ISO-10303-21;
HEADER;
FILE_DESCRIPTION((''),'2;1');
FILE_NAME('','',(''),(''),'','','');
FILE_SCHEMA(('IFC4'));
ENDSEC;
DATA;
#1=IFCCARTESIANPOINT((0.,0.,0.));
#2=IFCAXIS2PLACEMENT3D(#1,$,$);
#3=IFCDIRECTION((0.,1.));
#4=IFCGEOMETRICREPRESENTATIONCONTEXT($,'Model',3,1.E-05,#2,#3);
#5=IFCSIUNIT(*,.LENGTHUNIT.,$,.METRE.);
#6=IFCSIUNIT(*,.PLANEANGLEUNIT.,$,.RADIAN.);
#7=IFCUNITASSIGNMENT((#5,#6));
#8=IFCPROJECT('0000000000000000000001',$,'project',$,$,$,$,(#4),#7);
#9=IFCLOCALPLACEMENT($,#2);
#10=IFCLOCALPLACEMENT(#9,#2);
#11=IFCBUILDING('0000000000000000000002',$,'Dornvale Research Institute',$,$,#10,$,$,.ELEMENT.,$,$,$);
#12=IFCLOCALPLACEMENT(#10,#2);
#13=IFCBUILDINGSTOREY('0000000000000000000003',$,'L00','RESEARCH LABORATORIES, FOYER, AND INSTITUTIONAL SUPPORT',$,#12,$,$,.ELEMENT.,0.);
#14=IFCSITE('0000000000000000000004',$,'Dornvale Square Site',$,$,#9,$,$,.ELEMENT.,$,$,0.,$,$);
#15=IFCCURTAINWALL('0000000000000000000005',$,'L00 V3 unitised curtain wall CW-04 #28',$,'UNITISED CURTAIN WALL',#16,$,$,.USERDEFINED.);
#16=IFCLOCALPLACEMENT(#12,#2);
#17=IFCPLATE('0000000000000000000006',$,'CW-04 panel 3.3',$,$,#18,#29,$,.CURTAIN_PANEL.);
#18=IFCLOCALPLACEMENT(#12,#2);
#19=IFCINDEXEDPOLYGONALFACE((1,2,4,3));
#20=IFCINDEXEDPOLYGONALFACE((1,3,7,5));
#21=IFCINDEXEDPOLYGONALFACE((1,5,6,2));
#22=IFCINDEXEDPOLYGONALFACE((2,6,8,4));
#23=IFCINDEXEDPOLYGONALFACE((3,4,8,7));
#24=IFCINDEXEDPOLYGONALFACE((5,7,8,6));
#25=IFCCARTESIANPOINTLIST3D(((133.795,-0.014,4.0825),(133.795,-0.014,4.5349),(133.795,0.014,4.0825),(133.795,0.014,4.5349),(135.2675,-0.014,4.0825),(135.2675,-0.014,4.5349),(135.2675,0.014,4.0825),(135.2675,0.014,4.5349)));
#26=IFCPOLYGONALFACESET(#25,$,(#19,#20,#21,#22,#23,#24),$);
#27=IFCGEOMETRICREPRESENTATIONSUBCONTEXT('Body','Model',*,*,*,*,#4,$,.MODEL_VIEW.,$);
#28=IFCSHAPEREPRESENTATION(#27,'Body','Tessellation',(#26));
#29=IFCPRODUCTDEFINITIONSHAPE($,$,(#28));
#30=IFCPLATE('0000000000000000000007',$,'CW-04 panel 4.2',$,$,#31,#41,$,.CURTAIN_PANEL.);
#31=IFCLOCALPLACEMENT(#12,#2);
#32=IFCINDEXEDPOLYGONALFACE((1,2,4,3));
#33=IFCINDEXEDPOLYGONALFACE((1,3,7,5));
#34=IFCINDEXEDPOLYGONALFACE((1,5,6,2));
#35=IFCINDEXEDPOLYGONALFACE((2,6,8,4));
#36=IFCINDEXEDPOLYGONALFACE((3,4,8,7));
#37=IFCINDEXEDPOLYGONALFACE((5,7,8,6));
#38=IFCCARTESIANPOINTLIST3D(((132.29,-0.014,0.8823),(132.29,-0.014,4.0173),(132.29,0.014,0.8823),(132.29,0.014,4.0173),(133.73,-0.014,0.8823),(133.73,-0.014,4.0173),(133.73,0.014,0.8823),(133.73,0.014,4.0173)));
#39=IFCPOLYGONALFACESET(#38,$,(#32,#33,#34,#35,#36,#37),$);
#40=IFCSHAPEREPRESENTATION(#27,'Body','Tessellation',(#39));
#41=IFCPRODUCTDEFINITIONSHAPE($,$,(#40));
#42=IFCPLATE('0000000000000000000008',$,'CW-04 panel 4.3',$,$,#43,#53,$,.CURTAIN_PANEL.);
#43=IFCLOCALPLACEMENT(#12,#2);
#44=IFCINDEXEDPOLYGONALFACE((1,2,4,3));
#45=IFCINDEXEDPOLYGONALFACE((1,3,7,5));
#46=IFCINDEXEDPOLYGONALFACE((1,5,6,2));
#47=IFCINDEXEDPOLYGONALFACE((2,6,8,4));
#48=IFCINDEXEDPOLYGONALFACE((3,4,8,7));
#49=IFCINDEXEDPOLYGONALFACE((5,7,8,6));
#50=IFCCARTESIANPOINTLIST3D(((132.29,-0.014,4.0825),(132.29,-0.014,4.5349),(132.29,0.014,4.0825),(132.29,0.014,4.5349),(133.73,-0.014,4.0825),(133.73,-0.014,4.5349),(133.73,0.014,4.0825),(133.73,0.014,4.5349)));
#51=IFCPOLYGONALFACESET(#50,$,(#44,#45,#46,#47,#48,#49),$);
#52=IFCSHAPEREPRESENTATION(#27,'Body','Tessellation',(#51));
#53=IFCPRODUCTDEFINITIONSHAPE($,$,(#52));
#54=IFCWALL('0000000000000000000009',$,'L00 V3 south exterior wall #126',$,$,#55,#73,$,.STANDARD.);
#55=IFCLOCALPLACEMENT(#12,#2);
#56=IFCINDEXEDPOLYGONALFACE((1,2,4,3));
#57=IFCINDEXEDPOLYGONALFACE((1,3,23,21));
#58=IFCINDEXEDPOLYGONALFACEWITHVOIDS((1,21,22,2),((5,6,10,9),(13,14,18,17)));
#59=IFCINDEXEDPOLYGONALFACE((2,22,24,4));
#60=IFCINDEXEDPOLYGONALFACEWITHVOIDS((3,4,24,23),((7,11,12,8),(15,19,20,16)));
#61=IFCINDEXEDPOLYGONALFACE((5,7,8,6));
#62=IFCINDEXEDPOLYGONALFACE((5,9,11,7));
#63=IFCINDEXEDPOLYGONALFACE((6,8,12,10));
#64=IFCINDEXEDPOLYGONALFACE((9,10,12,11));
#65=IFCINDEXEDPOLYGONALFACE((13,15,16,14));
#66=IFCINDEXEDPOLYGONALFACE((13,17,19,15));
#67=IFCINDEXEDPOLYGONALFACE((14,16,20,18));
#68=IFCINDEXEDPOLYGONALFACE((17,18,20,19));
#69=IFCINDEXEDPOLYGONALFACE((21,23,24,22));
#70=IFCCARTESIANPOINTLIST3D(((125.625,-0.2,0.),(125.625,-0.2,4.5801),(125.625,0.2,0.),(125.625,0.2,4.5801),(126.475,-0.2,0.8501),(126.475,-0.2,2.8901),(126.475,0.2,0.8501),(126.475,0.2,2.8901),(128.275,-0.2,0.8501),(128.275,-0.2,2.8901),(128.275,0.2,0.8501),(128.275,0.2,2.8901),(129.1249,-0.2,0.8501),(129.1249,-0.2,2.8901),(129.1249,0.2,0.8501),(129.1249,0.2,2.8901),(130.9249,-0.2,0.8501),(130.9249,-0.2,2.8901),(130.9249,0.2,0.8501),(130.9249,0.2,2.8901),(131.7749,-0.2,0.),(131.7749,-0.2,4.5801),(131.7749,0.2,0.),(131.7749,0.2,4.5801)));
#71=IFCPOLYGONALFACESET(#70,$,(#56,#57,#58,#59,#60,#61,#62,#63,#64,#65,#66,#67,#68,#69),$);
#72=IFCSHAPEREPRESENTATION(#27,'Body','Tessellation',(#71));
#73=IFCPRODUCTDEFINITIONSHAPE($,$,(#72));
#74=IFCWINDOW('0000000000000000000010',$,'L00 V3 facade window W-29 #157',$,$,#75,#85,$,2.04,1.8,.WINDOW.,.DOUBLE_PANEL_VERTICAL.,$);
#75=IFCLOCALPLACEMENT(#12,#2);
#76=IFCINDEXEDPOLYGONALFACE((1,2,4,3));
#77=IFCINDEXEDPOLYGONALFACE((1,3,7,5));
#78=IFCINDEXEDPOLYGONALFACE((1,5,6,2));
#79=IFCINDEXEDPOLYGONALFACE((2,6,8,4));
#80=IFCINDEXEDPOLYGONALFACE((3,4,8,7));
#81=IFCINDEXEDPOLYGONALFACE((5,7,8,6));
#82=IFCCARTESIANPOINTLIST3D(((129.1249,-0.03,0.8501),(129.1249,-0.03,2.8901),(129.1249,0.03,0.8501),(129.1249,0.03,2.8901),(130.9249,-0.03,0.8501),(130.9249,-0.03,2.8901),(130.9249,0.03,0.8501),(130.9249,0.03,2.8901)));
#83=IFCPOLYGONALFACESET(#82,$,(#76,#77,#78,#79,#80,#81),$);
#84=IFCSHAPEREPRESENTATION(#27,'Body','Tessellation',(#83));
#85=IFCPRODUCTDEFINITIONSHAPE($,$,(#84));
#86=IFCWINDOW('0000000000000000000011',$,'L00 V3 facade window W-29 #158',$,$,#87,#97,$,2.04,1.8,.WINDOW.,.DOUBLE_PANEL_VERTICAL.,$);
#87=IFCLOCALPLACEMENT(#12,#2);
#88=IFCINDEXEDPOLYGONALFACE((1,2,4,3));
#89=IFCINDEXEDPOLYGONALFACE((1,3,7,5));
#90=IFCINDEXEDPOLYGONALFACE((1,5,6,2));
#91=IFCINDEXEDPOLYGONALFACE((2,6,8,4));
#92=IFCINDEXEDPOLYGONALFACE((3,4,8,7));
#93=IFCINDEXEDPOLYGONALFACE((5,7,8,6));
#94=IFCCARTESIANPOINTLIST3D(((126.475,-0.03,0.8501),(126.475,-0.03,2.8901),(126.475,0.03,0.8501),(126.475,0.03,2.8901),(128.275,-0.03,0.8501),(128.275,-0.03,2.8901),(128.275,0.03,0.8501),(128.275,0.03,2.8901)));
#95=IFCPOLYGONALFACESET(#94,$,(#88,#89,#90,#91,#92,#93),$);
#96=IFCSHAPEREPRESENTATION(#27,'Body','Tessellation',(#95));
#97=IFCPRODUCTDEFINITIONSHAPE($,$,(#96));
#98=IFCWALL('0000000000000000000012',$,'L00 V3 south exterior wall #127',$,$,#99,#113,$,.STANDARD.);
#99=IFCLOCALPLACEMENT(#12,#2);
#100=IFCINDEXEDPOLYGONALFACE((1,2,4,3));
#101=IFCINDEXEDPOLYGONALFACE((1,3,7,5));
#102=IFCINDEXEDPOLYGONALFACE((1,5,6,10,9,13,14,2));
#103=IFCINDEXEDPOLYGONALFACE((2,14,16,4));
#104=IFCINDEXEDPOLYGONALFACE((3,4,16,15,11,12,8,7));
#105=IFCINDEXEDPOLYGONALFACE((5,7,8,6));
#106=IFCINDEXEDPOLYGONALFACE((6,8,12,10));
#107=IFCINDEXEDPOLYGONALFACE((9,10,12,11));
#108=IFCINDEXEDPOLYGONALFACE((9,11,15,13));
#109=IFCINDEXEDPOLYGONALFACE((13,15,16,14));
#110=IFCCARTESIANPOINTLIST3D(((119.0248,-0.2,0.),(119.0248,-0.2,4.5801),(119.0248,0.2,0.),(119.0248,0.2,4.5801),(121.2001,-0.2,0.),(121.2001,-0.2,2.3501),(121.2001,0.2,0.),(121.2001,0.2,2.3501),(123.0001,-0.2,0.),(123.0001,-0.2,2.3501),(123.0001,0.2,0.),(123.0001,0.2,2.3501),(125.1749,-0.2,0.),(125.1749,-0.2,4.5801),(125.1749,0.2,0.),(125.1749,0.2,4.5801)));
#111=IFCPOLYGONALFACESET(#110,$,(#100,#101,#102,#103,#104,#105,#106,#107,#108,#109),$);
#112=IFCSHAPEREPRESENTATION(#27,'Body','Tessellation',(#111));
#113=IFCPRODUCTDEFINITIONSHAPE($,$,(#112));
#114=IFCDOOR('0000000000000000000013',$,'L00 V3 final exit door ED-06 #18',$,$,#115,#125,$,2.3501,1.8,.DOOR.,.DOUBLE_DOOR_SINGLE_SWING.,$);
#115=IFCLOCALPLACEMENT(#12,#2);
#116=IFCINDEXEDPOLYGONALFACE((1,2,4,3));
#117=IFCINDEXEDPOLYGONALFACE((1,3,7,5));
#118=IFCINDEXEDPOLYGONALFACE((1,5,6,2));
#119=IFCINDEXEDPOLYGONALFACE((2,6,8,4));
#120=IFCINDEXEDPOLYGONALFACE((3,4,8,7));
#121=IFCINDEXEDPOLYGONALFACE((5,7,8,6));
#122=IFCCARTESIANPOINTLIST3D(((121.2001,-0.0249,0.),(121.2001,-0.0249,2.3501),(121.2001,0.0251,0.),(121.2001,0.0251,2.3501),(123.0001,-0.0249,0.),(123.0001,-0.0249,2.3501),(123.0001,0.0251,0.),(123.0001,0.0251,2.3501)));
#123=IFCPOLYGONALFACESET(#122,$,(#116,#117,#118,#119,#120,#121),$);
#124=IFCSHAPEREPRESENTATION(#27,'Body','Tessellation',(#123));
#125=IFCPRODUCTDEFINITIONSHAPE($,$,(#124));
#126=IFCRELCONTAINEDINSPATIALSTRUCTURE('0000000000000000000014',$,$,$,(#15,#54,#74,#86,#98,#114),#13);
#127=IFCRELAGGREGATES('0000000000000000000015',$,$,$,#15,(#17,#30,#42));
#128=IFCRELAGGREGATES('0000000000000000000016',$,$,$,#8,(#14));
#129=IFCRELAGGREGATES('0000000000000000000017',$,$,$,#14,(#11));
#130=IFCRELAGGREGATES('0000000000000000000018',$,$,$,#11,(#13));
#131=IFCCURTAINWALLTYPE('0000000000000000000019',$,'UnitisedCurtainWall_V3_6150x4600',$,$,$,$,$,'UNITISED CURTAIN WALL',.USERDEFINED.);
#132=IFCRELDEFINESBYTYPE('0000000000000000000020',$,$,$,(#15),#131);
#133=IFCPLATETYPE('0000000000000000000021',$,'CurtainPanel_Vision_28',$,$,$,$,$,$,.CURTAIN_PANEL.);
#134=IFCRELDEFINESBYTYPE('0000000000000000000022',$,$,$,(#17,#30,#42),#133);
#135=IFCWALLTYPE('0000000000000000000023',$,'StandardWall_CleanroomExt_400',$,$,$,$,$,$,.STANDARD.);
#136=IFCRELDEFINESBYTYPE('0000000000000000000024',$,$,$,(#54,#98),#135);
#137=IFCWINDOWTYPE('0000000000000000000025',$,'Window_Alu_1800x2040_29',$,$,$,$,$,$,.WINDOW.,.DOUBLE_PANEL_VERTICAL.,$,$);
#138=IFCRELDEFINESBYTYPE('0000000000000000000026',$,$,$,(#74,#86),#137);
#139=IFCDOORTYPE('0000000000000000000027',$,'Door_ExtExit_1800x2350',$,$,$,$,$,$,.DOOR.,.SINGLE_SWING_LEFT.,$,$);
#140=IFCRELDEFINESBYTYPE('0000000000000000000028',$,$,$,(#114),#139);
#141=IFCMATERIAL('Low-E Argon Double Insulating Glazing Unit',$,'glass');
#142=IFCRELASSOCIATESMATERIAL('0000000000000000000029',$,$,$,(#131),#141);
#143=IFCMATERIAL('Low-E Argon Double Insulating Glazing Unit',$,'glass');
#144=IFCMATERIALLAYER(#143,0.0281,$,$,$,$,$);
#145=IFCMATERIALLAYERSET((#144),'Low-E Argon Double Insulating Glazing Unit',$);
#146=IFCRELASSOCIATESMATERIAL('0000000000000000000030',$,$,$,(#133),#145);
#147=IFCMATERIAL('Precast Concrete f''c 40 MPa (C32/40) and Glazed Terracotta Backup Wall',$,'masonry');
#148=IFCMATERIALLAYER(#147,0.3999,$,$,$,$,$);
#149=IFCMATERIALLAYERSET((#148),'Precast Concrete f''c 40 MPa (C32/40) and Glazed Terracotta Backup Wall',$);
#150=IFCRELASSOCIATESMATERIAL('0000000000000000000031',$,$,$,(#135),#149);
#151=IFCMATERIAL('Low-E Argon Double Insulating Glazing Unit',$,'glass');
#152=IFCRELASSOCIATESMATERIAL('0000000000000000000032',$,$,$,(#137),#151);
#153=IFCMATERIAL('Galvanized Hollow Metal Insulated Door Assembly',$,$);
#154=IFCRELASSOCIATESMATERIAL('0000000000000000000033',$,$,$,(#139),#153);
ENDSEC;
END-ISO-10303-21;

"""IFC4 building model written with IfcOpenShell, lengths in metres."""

from ifc_helpers import new_model, si_unit, direction, frame, frame_2d, origin, origin_2d, place, context, subcontext, project, spatial, rectangle, extrude, material, layer, layer_set, type_object, element, fill, aggregate, save


model = new_model("IFC4")

# Units and contexts
model_context = context("Model", 3, precision=1e-05, world=origin(), true_north=direction((0.0, 1.0)))
body_context = subcontext(model_context, "Body", "Model", "MODEL_VIEW")
ifc_project = project(units=[si_unit("LENGTHUNIT", "METRE"), si_unit("PLANEANGLEUNIT", "RADIAN")], contexts=[model_context])

# Site, building, storey
site_placement = place(None, origin())
site = spatial("IfcSite", under=ifc_project, at=site_placement, Name="Dornvale Square Site", CompositionType="ELEMENT", RefElevation=0.0)
building_placement = place(site_placement, origin())
building = spatial("IfcBuilding", under=site, at=building_placement, Name="Dornvale Research Institute", CompositionType="ELEMENT")
storey_placement = place(building_placement, origin())
storey = spatial("IfcBuildingStorey", under=building, at=storey_placement, Name="L00", Description="RESEARCH LABORATORIES, FOYER, AND INSTITUTIONAL SUPPORT", CompositionType="ELEMENT", Elevation=0.0)

# Curtain wall, plates
ifc_material_1 = material(Name="Low-E Argon Double Insulating Glazing Unit", Category="glass")
curtain_wall_type = type_object("IfcCurtainWallType", Name="UnitisedCurtainWall_V3_6150x4600", ElementType="UNITISED CURTAIN WALL", PredefinedType="USERDEFINED", material=ifc_material_1)
curtain_wall_placement = place(storey_placement, origin())
curtain_wall = element("IfcCurtainWall", 1, at=curtain_wall_placement, inside=storey, type_object=curtain_wall_type, Name="L00 V3 unitised curtain wall CW-04 #28", ObjectType="UNITISED CURTAIN WALL", PredefinedType="USERDEFINED")
ifc_material_2 = material(Name="Low-E Argon Double Insulating Glazing Unit", Category="glass")
ifc_layer_1 = layer(ifc_material_2, 0.0281)
ifc_layer_set_1 = layer_set([ifc_layer_1], Name="Low-E Argon Double Insulating Glazing Unit")
plate_type_1 = type_object("IfcPlateType", Name="CurtainPanel_Vision_28", PredefinedType="CURTAIN_PANEL", material=ifc_layer_set_1)
plate_1_placement = place(storey_placement, frame((134.5312, 0.0, 4.0825), z_axis=(0.0, 0.0, 1.0), x_axis=(-1.0, 0.0, 0.0)))
plate_1 = element("IfcPlate", 2, at=plate_1_placement, type_object=plate_type_1, Name="CW-04 panel 3.3", PredefinedType="CURTAIN_PANEL", context=body_context, shape_type="SweptSolid", body=[
    extrude(rectangle(XDim=1.4724, YDim=0.0281, at=origin_2d()), origin(), (0.0, 0.0, 1.0), 0.4524),
])
plate_2_placement = place(storey_placement, frame((133.01, 0.0, 0.8823), z_axis=(0.0, 0.0, 1.0), x_axis=(-1.0, 0.0, 0.0)))
plate_2 = element("IfcPlate", 3, at=plate_2_placement, type_object=plate_type_1, Name="CW-04 panel 4.2", PredefinedType="CURTAIN_PANEL", context=body_context, shape_type="SweptSolid", body=[
    extrude(rectangle(XDim=1.4399, YDim=0.0281, at=origin_2d()), origin(), (0.0, 0.0, 1.0), 3.135),
])
plate_3_placement = place(storey_placement, frame((133.01, 0.0, 4.0825), z_axis=(0.0, 0.0, 1.0), x_axis=(-1.0, 0.0, 0.0)))
plate_3 = element("IfcPlate", 4, at=plate_3_placement, type_object=plate_type_1, Name="CW-04 panel 4.3", PredefinedType="CURTAIN_PANEL", context=body_context, shape_type="SweptSolid", body=[
    extrude(rectangle(XDim=1.4399, YDim=0.0281, at=origin_2d()), origin(), (0.0, 0.0, 1.0), 0.4524),
])
aggregate(curtain_wall, [plate_1, plate_2, plate_3])

# Wall, openings, windows
ifc_material_3 = material(Name="Precast Concrete f'c 40 MPa (C32/40) and Glazed Terracotta Backup Wall", Category="masonry")
ifc_layer_2 = layer(ifc_material_3, 0.3999)
ifc_layer_set_2 = layer_set([ifc_layer_2], Name="Precast Concrete f'c 40 MPa (C32/40) and Glazed Terracotta Backup Wall")
wall_type = type_object("IfcWallType", Name="StandardWall_CleanroomExt_400", PredefinedType="STANDARD", material=ifc_layer_set_2)
wall_1_placement = place(storey_placement, frame((131.7749, 0.0, 0.0), z_axis=(0.0, 0.0, 1.0), x_axis=(-1.0, 0.0, 0.0)))
wall_1 = element("IfcWall", 5, at=wall_1_placement, inside=storey, type_object=wall_type, Name="L00 V3 south exterior wall #126", PredefinedType="STANDARD", context=body_context, shape_type="SweptSolid", body=[
    extrude(rectangle(XDim=6.1499, YDim=0.3999, at=frame_2d((3.075, 0.0))), origin(), (0.0, 0.0, 1.0), 4.5801),
])
opening_1_placement = place(wall_1_placement, frame((0.8501, 0.0, 0.8501)))
opening_1 = element("IfcOpeningElement", 6, at=opening_1_placement, cuts=wall_1, PredefinedType="OPENING", context=body_context, shape_type="SweptSolid", body=[
    extrude(rectangle(XDim=1.8, YDim=2.04, at=frame_2d((0.8999, 1.02))), frame((0.0, 0.2148, 0.0), z_axis=(0.0, -1.0, 0.0), x_axis=(1.0, 0.0, 0.0)), (0.0, 0.0, 1.0), 0.4299),
])
opening_2_placement = place(wall_1_placement, frame((3.5, 0.0, 0.8501)))
opening_2 = element("IfcOpeningElement", 7, at=opening_2_placement, cuts=wall_1, PredefinedType="OPENING", context=body_context, shape_type="SweptSolid", body=[
    extrude(rectangle(XDim=1.8, YDim=2.04, at=frame_2d((0.8999, 1.02))), frame((0.0, 0.2148, 0.0), z_axis=(0.0, -1.0, 0.0), x_axis=(1.0, 0.0, 0.0)), (0.0, 0.0, 1.0), 0.4299),
])
ifc_material_4 = material(Name="Low-E Argon Double Insulating Glazing Unit", Category="glass")
window_type = type_object("IfcWindowType", Name="Window_Alu_1800x2040_29", PartitioningType="DOUBLE_PANEL_VERTICAL", PredefinedType="WINDOW", material=ifc_material_4)
window_1_placement = place(opening_1_placement, origin())
window_1 = element("IfcWindow", 8, at=window_1_placement, inside=storey, type_object=window_type, Name="L00 V3 facade window W-29 #157", OverallHeight=2.04, OverallWidth=1.8, PartitioningType="DOUBLE_PANEL_VERTICAL", PredefinedType="WINDOW", context=body_context, shape_type="SweptSolid", body=[
    extrude(rectangle(XDim=1.8, YDim=2.04, at=frame_2d((0.8999, 1.02))), frame((0.0, 0.03, 0.0), z_axis=(0.0, -1.0, 0.0), x_axis=(1.0, 0.0, 0.0)), (0.0, 0.0, 1.0), 0.0601),
])
fill(opening_1, window_1)
window_2_placement = place(opening_2_placement, origin())
window_2 = element("IfcWindow", 9, at=window_2_placement, inside=storey, type_object=window_type, Name="L00 V3 facade window W-29 #158", OverallHeight=2.04, OverallWidth=1.8, PartitioningType="DOUBLE_PANEL_VERTICAL", PredefinedType="WINDOW", context=body_context, shape_type="SweptSolid", body=[
    extrude(rectangle(XDim=1.8, YDim=2.04, at=frame_2d((0.8999, 1.02))), frame((0.0, 0.03, 0.0), z_axis=(0.0, -1.0, 0.0), x_axis=(1.0, 0.0, 0.0)), (0.0, 0.0, 1.0), 0.0601),
])
fill(opening_2, window_2)

# Wall, opening, door
wall_2_placement = place(storey_placement, frame((125.175, 0.0, 0.0), z_axis=(0.0, 0.0, 1.0), x_axis=(-1.0, 0.0, 0.0)))
wall_2 = element("IfcWall", 10, at=wall_2_placement, inside=storey, type_object=wall_type, Name="L00 V3 south exterior wall #127", PredefinedType="STANDARD", context=body_context, shape_type="SweptSolid", body=[
    extrude(rectangle(XDim=6.1501, YDim=0.3999, at=frame_2d((3.0752, 0.0))), origin(), (0.0, 0.0, 1.0), 4.5801),
])
opening_3_placement = place(wall_2_placement, frame((2.175, 0.0, 0.0)))
opening_3 = element("IfcOpeningElement", 11, at=opening_3_placement, cuts=wall_2, PredefinedType="OPENING", context=body_context, shape_type="SweptSolid", body=[
    extrude(rectangle(XDim=1.8, YDim=2.3501, at=frame_2d((0.8999, 1.175))), frame((0.0, 0.2148, 0.0), z_axis=(0.0, -1.0, 0.0), x_axis=(1.0, 0.0, 0.0)), (0.0, 0.0, 1.0), 0.4299),
])
ifc_material_5 = material(Name="Galvanized Hollow Metal Insulated Door Assembly")
door_type = type_object("IfcDoorType", Name="Door_ExtExit_1800x2350", OperationType="SINGLE_SWING_LEFT", PredefinedType="DOOR", material=ifc_material_5)
door_placement = place(opening_3_placement, origin())
door = element("IfcDoor", 12, at=door_placement, inside=storey, type_object=door_type, Name="L00 V3 final exit door ED-06 #18", OperationType="DOUBLE_DOOR_SINGLE_SWING", OverallHeight=2.3501, OverallWidth=1.8, PredefinedType="DOOR", context=body_context, shape_type="SweptSolid", body=[
    extrude(rectangle(XDim=1.8, YDim=2.3501, at=frame_2d((0.8999, 1.175))), frame((0.0, 0.0249, 0.0), z_axis=(0.0, -1.0, 0.0), x_axis=(1.0, 0.0, 0.0)), (0.0, 0.0, 1.0), 0.05),
])
fill(opening_3, door)

save(model, "model.ifc")
